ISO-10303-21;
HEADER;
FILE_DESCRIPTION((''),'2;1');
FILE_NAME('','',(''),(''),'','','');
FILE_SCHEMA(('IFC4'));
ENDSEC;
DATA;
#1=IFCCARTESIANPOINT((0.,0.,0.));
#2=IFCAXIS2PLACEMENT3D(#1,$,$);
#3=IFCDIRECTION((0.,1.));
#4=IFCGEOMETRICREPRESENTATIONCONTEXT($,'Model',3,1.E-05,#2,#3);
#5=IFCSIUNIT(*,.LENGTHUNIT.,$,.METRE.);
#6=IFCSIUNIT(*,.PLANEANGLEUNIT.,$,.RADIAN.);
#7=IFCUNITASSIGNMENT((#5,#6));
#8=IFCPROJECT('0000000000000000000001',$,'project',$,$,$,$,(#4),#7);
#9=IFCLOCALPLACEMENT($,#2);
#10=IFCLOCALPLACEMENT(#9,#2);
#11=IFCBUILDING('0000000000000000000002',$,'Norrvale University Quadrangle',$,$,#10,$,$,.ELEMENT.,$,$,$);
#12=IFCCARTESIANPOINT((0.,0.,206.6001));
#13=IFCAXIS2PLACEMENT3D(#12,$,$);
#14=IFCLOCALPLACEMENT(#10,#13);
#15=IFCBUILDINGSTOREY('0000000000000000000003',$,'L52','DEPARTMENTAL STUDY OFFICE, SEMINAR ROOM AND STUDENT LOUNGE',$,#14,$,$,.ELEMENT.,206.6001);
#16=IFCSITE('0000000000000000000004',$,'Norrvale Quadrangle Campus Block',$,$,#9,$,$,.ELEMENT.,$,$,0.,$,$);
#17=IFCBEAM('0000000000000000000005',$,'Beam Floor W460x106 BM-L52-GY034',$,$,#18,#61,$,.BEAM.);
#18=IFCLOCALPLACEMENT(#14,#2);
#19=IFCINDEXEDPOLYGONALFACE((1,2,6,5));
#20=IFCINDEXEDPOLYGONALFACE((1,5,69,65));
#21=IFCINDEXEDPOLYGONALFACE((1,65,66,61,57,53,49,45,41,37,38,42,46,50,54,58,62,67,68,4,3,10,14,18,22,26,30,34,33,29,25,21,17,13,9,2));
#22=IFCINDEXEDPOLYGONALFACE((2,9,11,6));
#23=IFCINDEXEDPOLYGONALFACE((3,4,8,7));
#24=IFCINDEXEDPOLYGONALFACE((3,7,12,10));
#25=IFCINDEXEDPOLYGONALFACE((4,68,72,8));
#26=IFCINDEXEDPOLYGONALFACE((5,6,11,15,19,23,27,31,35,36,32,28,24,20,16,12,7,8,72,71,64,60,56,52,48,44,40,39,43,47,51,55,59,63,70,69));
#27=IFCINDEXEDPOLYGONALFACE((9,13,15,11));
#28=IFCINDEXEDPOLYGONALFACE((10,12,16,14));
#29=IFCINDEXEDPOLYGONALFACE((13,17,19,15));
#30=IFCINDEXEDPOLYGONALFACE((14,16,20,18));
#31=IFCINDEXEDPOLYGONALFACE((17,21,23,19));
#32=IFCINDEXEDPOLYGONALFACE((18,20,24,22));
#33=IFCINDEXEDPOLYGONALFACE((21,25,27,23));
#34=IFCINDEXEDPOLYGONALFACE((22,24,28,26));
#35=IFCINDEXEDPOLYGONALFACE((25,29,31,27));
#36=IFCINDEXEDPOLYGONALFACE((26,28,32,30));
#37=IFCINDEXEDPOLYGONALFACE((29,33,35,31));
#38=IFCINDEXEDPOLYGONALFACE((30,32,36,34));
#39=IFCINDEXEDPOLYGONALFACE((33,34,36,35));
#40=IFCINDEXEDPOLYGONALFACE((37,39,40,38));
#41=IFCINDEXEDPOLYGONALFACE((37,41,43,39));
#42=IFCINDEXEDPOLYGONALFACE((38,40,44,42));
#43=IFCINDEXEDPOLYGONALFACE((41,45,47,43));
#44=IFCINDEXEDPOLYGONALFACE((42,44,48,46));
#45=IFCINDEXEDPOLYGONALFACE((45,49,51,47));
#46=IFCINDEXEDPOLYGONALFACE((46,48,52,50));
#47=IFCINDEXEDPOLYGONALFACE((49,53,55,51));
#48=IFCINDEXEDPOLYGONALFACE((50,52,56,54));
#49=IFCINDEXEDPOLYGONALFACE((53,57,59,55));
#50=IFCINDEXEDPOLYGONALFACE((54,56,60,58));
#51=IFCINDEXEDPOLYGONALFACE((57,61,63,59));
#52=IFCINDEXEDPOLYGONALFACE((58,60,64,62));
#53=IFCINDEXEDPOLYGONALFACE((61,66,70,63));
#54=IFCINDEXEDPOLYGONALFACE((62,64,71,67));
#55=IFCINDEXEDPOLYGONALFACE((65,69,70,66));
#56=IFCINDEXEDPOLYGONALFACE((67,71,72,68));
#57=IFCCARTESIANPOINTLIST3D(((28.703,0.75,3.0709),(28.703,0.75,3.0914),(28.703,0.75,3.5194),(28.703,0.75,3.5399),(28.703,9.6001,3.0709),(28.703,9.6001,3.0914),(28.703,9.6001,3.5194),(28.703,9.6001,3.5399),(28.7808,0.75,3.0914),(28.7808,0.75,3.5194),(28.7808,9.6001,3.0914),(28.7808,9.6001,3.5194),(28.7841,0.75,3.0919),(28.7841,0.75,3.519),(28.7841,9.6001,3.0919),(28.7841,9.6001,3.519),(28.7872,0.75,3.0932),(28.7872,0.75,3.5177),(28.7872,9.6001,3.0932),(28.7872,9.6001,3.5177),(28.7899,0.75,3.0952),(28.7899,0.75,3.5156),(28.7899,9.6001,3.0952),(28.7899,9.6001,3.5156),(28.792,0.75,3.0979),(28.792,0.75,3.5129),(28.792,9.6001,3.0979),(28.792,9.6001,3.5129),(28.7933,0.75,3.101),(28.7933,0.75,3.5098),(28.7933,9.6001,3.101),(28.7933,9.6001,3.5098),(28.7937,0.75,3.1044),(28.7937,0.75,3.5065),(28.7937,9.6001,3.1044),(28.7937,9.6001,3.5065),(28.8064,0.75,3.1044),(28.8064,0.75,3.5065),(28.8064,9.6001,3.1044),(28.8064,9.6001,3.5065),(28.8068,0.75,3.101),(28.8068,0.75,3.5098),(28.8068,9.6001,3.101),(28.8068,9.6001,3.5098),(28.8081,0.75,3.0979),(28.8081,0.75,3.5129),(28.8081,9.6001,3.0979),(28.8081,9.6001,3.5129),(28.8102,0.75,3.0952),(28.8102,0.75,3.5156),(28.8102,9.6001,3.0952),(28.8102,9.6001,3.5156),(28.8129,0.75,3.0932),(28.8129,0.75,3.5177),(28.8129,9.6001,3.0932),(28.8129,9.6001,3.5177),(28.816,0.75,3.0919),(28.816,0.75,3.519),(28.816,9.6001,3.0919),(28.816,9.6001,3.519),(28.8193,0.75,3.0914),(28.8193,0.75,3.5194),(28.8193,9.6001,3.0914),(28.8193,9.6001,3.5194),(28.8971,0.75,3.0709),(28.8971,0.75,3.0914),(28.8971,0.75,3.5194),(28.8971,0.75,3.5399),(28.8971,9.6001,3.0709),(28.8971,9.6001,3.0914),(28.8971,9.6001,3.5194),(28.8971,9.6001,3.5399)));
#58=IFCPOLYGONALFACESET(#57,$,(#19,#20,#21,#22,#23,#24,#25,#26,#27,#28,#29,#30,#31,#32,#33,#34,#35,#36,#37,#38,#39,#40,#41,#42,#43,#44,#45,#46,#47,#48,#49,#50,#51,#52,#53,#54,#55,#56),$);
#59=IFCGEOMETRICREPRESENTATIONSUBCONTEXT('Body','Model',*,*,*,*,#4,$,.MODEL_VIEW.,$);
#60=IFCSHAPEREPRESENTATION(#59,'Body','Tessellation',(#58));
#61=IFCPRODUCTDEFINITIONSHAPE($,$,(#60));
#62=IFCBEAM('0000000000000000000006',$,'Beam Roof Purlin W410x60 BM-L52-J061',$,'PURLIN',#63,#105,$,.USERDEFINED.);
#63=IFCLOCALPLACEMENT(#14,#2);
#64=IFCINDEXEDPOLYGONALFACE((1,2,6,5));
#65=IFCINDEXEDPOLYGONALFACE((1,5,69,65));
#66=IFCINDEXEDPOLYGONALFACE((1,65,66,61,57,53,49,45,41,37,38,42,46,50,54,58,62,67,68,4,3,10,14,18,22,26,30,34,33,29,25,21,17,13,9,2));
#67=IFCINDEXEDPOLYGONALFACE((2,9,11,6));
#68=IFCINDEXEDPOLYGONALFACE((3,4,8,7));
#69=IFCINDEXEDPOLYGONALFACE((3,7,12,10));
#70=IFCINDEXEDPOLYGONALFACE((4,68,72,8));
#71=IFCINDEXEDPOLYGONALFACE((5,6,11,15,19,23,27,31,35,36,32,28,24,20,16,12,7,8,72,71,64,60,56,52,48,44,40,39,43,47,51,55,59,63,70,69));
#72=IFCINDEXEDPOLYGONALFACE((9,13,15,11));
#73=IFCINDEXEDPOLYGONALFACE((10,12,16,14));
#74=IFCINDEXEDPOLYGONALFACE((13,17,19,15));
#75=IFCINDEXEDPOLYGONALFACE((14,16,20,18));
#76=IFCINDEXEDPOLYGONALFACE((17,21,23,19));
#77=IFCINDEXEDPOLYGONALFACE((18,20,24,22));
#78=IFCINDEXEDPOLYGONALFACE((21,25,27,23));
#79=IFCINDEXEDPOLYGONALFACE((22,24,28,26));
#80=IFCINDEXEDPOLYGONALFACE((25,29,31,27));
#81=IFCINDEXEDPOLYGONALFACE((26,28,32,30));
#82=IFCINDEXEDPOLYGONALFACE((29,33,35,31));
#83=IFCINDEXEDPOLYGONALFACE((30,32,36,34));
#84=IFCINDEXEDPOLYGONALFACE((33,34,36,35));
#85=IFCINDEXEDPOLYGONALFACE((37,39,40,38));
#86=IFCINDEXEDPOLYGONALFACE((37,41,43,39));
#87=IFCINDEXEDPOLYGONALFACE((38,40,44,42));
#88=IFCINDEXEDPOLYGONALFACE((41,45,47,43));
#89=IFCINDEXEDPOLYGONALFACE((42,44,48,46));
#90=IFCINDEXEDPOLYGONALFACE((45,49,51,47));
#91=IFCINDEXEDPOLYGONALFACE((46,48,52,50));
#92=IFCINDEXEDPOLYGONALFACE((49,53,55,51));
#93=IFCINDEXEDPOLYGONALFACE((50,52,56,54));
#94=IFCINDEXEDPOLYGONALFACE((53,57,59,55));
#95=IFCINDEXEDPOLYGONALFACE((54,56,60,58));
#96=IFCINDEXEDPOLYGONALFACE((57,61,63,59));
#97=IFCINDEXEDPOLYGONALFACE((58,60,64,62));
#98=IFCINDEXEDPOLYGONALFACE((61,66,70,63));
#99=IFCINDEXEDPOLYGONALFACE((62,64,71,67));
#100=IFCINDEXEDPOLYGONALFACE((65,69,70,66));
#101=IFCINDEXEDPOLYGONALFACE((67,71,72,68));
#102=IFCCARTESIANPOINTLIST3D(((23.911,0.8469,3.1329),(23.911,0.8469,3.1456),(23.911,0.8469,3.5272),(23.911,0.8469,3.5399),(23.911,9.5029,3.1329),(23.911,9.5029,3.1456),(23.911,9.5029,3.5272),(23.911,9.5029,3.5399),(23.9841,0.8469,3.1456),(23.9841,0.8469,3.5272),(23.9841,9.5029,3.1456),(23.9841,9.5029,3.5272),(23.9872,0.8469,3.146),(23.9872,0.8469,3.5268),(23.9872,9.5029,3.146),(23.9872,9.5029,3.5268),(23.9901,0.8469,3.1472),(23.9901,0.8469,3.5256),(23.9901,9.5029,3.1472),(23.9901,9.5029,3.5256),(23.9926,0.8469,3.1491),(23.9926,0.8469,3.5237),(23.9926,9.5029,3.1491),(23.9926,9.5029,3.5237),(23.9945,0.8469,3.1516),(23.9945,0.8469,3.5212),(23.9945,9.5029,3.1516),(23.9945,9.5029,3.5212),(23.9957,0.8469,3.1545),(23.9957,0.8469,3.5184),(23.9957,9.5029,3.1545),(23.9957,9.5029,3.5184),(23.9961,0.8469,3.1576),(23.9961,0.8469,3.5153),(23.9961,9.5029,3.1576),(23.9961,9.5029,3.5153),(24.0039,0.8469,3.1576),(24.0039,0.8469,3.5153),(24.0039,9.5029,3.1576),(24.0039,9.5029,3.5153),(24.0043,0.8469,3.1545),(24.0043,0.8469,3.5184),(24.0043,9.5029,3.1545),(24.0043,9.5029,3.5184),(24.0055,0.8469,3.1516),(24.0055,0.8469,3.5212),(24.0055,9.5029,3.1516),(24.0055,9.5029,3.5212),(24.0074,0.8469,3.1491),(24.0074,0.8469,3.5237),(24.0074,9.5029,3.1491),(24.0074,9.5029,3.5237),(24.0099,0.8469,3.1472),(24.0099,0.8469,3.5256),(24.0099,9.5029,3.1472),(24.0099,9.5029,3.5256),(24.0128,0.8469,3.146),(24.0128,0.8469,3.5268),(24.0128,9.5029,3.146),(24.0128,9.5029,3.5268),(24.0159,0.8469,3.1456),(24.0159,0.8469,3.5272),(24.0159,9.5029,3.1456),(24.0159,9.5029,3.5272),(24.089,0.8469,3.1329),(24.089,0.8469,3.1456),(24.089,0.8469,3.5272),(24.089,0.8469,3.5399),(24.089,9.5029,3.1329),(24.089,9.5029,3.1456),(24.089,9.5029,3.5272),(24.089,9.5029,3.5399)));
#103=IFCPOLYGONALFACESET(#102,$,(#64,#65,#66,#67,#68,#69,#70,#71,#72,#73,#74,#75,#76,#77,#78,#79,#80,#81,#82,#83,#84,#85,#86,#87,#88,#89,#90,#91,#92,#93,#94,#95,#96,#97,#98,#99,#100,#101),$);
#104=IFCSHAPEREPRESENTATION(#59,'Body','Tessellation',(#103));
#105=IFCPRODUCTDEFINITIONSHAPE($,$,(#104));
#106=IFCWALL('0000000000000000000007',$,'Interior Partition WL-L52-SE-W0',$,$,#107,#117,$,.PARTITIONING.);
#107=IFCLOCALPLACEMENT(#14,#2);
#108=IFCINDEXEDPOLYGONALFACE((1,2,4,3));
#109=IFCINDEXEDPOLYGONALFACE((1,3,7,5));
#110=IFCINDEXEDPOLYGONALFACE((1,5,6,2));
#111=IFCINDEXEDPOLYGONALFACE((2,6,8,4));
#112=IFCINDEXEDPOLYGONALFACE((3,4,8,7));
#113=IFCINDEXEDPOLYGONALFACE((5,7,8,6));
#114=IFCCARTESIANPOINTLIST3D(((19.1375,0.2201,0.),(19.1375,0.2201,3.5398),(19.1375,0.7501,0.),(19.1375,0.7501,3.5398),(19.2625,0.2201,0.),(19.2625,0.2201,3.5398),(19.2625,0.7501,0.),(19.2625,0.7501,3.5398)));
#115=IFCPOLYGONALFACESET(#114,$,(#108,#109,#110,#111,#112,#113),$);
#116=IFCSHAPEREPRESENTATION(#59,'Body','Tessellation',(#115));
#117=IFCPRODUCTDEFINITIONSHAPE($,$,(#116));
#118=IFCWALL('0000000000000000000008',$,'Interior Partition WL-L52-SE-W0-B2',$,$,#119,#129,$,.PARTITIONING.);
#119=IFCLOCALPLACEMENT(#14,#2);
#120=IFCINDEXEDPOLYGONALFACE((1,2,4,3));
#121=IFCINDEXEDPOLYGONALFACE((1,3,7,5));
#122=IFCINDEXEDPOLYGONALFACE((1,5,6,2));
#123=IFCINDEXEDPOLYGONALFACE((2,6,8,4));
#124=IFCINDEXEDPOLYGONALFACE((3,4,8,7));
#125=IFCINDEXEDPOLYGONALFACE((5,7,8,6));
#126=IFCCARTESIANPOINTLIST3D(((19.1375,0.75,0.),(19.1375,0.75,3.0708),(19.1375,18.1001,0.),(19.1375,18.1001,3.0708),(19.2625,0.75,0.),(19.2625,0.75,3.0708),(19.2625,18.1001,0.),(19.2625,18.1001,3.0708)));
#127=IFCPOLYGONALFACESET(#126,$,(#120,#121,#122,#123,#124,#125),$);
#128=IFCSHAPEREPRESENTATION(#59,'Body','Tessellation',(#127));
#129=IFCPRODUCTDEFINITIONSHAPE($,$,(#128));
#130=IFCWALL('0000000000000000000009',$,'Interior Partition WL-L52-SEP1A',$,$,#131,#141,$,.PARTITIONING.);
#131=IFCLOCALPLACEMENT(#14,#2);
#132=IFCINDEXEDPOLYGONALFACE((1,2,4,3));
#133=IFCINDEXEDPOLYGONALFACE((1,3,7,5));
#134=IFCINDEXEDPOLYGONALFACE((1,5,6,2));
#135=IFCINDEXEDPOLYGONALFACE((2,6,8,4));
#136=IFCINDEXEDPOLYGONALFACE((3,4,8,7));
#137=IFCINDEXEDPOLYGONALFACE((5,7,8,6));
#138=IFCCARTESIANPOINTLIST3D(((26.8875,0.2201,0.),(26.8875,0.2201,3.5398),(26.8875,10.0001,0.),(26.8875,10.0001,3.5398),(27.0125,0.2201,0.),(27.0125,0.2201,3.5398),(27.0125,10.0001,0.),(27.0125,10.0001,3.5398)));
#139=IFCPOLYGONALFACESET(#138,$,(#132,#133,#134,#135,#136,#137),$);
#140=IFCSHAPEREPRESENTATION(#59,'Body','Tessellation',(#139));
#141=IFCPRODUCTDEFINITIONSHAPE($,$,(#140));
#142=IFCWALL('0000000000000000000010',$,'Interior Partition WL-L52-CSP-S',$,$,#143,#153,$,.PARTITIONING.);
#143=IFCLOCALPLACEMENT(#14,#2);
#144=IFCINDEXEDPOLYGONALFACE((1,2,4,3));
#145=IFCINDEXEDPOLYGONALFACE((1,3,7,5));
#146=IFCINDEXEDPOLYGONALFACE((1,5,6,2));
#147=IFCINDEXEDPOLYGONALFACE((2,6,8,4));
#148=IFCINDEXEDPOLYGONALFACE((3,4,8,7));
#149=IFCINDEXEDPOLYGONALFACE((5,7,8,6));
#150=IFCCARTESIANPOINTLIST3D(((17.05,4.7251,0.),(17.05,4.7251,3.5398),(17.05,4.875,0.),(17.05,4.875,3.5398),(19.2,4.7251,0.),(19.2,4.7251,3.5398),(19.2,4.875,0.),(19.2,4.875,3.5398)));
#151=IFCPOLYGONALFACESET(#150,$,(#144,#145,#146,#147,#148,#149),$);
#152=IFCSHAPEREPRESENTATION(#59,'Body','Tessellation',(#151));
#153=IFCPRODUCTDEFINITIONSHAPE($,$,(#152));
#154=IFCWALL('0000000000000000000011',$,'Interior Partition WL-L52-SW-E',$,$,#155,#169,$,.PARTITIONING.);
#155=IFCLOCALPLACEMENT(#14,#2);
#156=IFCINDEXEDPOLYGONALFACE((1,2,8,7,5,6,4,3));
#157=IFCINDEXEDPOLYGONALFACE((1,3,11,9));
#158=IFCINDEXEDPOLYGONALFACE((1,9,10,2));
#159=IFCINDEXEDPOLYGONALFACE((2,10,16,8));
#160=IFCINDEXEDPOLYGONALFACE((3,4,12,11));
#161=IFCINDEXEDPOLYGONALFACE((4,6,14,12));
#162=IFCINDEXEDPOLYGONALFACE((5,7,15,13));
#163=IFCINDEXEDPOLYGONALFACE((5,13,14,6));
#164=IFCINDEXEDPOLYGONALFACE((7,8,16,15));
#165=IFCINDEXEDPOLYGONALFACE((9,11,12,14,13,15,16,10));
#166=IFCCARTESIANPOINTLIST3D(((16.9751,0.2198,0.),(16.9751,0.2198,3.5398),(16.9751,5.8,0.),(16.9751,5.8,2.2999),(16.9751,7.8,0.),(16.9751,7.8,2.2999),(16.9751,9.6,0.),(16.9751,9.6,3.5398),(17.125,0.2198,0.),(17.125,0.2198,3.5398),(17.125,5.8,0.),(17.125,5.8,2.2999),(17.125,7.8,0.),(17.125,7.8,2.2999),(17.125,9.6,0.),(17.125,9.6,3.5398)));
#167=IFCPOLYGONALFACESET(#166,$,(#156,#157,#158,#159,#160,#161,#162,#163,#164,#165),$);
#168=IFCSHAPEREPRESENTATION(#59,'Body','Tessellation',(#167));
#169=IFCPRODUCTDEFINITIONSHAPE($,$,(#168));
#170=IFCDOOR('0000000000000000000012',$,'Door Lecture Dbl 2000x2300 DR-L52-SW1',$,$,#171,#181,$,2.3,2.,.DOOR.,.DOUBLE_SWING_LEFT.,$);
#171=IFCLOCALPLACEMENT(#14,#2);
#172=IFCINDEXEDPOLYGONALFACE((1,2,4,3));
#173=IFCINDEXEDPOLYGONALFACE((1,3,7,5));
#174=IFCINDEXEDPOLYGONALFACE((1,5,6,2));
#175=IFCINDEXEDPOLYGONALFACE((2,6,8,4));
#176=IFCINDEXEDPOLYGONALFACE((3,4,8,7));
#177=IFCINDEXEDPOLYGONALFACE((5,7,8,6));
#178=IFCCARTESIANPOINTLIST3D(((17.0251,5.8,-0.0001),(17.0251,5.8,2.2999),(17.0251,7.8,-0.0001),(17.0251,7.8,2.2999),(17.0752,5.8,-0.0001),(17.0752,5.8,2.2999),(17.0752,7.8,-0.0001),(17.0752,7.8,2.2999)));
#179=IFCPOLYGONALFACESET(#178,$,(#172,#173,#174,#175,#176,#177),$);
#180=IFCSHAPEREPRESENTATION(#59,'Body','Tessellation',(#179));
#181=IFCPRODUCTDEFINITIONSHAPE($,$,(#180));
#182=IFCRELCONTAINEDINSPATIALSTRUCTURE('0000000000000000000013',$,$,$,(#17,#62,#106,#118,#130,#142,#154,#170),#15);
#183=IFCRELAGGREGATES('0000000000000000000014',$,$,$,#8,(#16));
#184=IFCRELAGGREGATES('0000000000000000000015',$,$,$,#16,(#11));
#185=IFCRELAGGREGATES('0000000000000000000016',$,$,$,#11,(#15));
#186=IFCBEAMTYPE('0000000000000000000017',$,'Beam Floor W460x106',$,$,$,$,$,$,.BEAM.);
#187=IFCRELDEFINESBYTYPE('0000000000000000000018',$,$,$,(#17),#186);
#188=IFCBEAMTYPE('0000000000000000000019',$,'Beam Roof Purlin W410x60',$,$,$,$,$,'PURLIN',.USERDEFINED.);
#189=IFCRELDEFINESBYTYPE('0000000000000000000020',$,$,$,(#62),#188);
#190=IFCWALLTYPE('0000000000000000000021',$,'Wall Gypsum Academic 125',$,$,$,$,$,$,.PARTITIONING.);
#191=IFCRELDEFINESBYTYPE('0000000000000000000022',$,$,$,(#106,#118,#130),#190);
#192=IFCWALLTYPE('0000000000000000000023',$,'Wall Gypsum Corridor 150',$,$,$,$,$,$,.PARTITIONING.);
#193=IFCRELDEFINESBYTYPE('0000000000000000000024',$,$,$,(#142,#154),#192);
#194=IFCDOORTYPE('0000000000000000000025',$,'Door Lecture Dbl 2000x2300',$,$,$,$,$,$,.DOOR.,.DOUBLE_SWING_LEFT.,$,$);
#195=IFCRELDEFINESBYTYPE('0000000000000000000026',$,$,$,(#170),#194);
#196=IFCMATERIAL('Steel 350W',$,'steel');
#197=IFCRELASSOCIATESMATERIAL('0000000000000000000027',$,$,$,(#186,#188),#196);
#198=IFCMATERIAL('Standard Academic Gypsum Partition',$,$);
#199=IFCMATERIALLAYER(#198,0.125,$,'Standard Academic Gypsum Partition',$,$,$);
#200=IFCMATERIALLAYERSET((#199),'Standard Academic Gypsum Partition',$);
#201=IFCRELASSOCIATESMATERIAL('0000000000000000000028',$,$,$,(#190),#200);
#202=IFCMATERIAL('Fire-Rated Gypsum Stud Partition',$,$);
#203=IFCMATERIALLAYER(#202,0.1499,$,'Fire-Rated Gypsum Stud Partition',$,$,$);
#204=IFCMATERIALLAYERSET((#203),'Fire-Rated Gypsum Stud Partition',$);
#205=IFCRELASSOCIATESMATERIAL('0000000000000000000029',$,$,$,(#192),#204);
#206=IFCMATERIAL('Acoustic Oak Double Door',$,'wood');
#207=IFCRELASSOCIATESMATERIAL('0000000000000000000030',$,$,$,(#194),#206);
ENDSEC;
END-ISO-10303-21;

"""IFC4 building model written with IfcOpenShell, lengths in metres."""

from ifc_helpers import new_model, si_unit, direction, frame, frame_2d, origin, origin_2d, place, context, subcontext, project, spatial, rectangle, i_section, extrude, material, layer, layer_set, material_profile, profile_set, type_object, element, fill, save


model = new_model("IFC4")

# Units and contexts
model_context = context("Model", 3, precision=1e-05, world=origin(), true_north=direction((0.0, 1.0)))
body_context = subcontext(model_context, "Body", "Model", "MODEL_VIEW")
ifc_project = project(units=[si_unit("LENGTHUNIT", "METRE"), si_unit("PLANEANGLEUNIT", "RADIAN")], contexts=[model_context])

# Site, building, storey
site_placement = place(None, origin())
site = spatial("IfcSite", under=ifc_project, at=site_placement, Name="Norrvale Quadrangle Campus Block", CompositionType="ELEMENT", RefElevation=0.0)
building_placement = place(site_placement, origin())
building = spatial("IfcBuilding", under=site, at=building_placement, Name="Norrvale University Quadrangle", CompositionType="ELEMENT")
storey_placement = place(building_placement, frame((0.0, 0.0, 206.6001)))
storey = spatial("IfcBuildingStorey", under=building, at=storey_placement, Name="L52", Description="DEPARTMENTAL STUDY OFFICE, SEMINAR ROOM AND STUDENT LOUNGE", CompositionType="ELEMENT", Elevation=206.6001)

# Beams
ifc_material_1 = material(Name="Steel 350W", Category="steel")
ifc_material_profile_1 = material_profile(ifc_material_1, i_section(OverallWidth=0.1941, OverallDepth=0.469, WebThickness=0.0127, FlangeThickness=0.0205, FilletRadius=0.0129, at=origin_2d()), Name="Steel 350W")
ifc_profile_set_1 = profile_set([ifc_material_profile_1], Name="Steel 350W")
beam_type_1 = type_object("IfcBeamType", Name="Beam Floor W460x106", PredefinedType="BEAM", material=ifc_profile_set_1)
beam_1_placement = place(storey_placement, frame((28.8, 0.75, 3.3054), z_axis=(0.0, 1.0, 0.0), x_axis=(-1.0, 0.0, 0.0)))
element("IfcBeam", 1, at=beam_1_placement, inside=storey, type_object=beam_type_1, Name="Beam Floor W460x106 BM-L52-GY034", PredefinedType="BEAM", context=body_context, shape_type="SweptSolid", body=[
    extrude(i_section(OverallWidth=0.1941, OverallDepth=0.469, WebThickness=0.0127, FlangeThickness=0.0205, FilletRadius=0.0129, at=origin_2d()), origin(), (0.0, 0.0, 1.0), 8.8501),
])
ifc_material_profile_2 = material_profile(ifc_material_1, i_section(OverallWidth=0.178, OverallDepth=0.407, WebThickness=0.0078, FlangeThickness=0.0127, FilletRadius=0.012, at=origin_2d()), Name="Steel 350W")
ifc_profile_set_2 = profile_set([ifc_material_profile_2], Name="Steel 350W")
beam_type_2 = type_object("IfcBeamType", Name="Beam Roof Purlin W410x60", ElementType="PURLIN", PredefinedType="USERDEFINED", material=ifc_profile_set_2)
beam_2_placement = place(storey_placement, frame((24.0, 0.8469, 3.3364), z_axis=(0.0, 1.0, 0.0), x_axis=(-1.0, 0.0, 0.0)))
element("IfcBeam", 2, at=beam_2_placement, inside=storey, type_object=beam_type_2, Name="Beam Roof Purlin W410x60 BM-L52-J061", ObjectType="PURLIN", PredefinedType="USERDEFINED", context=body_context, shape_type="SweptSolid", body=[
    extrude(i_section(OverallWidth=0.178, OverallDepth=0.407, WebThickness=0.0078, FlangeThickness=0.0127, FilletRadius=0.012, at=origin_2d()), origin(), (0.0, 0.0, 1.0), 8.656),
])

# Walls
ifc_material_2 = material(Name="Standard Academic Gypsum Partition")
ifc_layer_1 = layer(ifc_material_2, 0.125, Name="Standard Academic Gypsum Partition")
ifc_layer_set_1 = layer_set([ifc_layer_1], Name="Standard Academic Gypsum Partition")
wall_type_1 = type_object("IfcWallType", Name="Wall Gypsum Academic 125", PredefinedType="PARTITIONING", material=ifc_layer_set_1)
wall_1_placement = place(storey_placement, frame((19.2, 0.22, 0.0), z_axis=(0.0, 0.0, 1.0), x_axis=(0.0, 1.0, 0.0)))
element("IfcWall", 3, at=wall_1_placement, inside=storey, type_object=wall_type_1, Name="Interior Partition WL-L52-SE-W0", PredefinedType="PARTITIONING", context=body_context, shape_type="SweptSolid", body=[
    extrude(rectangle(XDim=0.53, YDim=0.125, at=frame_2d((0.2651, 0.0))), origin(), (0.0, 0.0, 1.0), 3.5398),
])
wall_2_placement = place(storey_placement, frame((19.2, 0.75, 0.0), z_axis=(0.0, 0.0, 1.0), x_axis=(0.0, 1.0, 0.0)))
element("IfcWall", 4, at=wall_2_placement, inside=storey, type_object=wall_type_1, Name="Interior Partition WL-L52-SE-W0-B2", PredefinedType="PARTITIONING", context=body_context, shape_type="SweptSolid", body=[
    extrude(rectangle(XDim=17.3501, YDim=0.125, at=frame_2d((8.675, 0.0))), origin(), (0.0, 0.0, 1.0), 3.0708),
])
wall_3_placement = place(storey_placement, frame((26.95, 0.22, 0.0), z_axis=(0.0, 0.0, 1.0), x_axis=(0.0, 1.0, 0.0)))
element("IfcWall", 5, at=wall_3_placement, inside=storey, type_object=wall_type_1, Name="Interior Partition WL-L52-SEP1A", PredefinedType="PARTITIONING", context=body_context, shape_type="SweptSolid", body=[
    extrude(rectangle(XDim=9.78, YDim=0.125, at=frame_2d((4.8901, 0.0))), origin(), (0.0, 0.0, 1.0), 3.5398),
])
ifc_material_3 = material(Name="Fire-Rated Gypsum Stud Partition")
ifc_layer_2 = layer(ifc_material_3, 0.1499, Name="Fire-Rated Gypsum Stud Partition")
ifc_layer_set_2 = layer_set([ifc_layer_2], Name="Fire-Rated Gypsum Stud Partition")
wall_type_2 = type_object("IfcWallType", Name="Wall Gypsum Corridor 150", PredefinedType="PARTITIONING", material=ifc_layer_set_2)
wall_4_placement = place(storey_placement, frame((17.05, 4.8, 0.0), z_axis=(0.0, 0.0, 1.0), x_axis=(1.0, 0.0, 0.0)))
element("IfcWall", 6, at=wall_4_placement, inside=storey, type_object=wall_type_2, Name="Interior Partition WL-L52-CSP-S", PredefinedType="PARTITIONING", context=body_context, shape_type="SweptSolid", body=[
    extrude(rectangle(XDim=2.1499, YDim=0.1499, at=frame_2d((1.075, 0.0))), origin(), (0.0, 0.0, 1.0), 3.5398),
])

# Wall, opening, door
wall_5_placement = place(storey_placement, frame((17.05, 0.22, 0.0), z_axis=(0.0, 0.0, 1.0), x_axis=(0.0, 1.0, 0.0)))
wall_5 = element("IfcWall", 7, at=wall_5_placement, inside=storey, type_object=wall_type_2, Name="Interior Partition WL-L52-SW-E", PredefinedType="PARTITIONING", context=body_context, shape_type="SweptSolid", body=[
    extrude(rectangle(XDim=9.3801, YDim=0.1499, at=frame_2d((4.6899, 0.0))), origin(), (0.0, 0.0, 1.0), 3.5398),
])
opening_placement = place(wall_5_placement, frame((5.5801, 0.0, 0.0)))
opening = element("IfcOpeningElement", 8, at=opening_placement, cuts=wall_5, PredefinedType="OPENING", context=body_context, shape_type="SweptSolid", body=[
    extrude(rectangle(XDim=2.0, YDim=2.3, at=frame_2d((1.0, 1.1499))), frame((0.0, 0.0869, 0.0), z_axis=(0.0, -1.0, 0.0), x_axis=(1.0, 0.0, 0.0)), (0.0, 0.0, 1.0), 0.1738),
])
ifc_material_4 = material(Name="Acoustic Oak Double Door", Category="wood")
door_type = type_object("IfcDoorType", Name="Door Lecture Dbl 2000x2300", OperationType="DOUBLE_SWING_LEFT", PredefinedType="DOOR", material=ifc_material_4)
door_placement = place(opening_placement, origin())
door = element("IfcDoor", 9, at=door_placement, inside=storey, type_object=door_type, Name="Door Lecture Dbl 2000x2300 DR-L52-SW1", OperationType="DOUBLE_SWING_LEFT", OverallHeight=2.3, OverallWidth=2.0, PredefinedType="DOOR", context=body_context, shape_type="SweptSolid", body=[
    extrude(rectangle(XDim=2.0, YDim=2.3, at=frame_2d((1.0, 1.1499))), frame((0.0, 0.0249, 0.0), z_axis=(0.0, -1.0, 0.0), x_axis=(1.0, 0.0, 0.0)), (0.0, 0.0, 1.0), 0.05),
])
fill(opening, door)

save(model, "model.ifc")
